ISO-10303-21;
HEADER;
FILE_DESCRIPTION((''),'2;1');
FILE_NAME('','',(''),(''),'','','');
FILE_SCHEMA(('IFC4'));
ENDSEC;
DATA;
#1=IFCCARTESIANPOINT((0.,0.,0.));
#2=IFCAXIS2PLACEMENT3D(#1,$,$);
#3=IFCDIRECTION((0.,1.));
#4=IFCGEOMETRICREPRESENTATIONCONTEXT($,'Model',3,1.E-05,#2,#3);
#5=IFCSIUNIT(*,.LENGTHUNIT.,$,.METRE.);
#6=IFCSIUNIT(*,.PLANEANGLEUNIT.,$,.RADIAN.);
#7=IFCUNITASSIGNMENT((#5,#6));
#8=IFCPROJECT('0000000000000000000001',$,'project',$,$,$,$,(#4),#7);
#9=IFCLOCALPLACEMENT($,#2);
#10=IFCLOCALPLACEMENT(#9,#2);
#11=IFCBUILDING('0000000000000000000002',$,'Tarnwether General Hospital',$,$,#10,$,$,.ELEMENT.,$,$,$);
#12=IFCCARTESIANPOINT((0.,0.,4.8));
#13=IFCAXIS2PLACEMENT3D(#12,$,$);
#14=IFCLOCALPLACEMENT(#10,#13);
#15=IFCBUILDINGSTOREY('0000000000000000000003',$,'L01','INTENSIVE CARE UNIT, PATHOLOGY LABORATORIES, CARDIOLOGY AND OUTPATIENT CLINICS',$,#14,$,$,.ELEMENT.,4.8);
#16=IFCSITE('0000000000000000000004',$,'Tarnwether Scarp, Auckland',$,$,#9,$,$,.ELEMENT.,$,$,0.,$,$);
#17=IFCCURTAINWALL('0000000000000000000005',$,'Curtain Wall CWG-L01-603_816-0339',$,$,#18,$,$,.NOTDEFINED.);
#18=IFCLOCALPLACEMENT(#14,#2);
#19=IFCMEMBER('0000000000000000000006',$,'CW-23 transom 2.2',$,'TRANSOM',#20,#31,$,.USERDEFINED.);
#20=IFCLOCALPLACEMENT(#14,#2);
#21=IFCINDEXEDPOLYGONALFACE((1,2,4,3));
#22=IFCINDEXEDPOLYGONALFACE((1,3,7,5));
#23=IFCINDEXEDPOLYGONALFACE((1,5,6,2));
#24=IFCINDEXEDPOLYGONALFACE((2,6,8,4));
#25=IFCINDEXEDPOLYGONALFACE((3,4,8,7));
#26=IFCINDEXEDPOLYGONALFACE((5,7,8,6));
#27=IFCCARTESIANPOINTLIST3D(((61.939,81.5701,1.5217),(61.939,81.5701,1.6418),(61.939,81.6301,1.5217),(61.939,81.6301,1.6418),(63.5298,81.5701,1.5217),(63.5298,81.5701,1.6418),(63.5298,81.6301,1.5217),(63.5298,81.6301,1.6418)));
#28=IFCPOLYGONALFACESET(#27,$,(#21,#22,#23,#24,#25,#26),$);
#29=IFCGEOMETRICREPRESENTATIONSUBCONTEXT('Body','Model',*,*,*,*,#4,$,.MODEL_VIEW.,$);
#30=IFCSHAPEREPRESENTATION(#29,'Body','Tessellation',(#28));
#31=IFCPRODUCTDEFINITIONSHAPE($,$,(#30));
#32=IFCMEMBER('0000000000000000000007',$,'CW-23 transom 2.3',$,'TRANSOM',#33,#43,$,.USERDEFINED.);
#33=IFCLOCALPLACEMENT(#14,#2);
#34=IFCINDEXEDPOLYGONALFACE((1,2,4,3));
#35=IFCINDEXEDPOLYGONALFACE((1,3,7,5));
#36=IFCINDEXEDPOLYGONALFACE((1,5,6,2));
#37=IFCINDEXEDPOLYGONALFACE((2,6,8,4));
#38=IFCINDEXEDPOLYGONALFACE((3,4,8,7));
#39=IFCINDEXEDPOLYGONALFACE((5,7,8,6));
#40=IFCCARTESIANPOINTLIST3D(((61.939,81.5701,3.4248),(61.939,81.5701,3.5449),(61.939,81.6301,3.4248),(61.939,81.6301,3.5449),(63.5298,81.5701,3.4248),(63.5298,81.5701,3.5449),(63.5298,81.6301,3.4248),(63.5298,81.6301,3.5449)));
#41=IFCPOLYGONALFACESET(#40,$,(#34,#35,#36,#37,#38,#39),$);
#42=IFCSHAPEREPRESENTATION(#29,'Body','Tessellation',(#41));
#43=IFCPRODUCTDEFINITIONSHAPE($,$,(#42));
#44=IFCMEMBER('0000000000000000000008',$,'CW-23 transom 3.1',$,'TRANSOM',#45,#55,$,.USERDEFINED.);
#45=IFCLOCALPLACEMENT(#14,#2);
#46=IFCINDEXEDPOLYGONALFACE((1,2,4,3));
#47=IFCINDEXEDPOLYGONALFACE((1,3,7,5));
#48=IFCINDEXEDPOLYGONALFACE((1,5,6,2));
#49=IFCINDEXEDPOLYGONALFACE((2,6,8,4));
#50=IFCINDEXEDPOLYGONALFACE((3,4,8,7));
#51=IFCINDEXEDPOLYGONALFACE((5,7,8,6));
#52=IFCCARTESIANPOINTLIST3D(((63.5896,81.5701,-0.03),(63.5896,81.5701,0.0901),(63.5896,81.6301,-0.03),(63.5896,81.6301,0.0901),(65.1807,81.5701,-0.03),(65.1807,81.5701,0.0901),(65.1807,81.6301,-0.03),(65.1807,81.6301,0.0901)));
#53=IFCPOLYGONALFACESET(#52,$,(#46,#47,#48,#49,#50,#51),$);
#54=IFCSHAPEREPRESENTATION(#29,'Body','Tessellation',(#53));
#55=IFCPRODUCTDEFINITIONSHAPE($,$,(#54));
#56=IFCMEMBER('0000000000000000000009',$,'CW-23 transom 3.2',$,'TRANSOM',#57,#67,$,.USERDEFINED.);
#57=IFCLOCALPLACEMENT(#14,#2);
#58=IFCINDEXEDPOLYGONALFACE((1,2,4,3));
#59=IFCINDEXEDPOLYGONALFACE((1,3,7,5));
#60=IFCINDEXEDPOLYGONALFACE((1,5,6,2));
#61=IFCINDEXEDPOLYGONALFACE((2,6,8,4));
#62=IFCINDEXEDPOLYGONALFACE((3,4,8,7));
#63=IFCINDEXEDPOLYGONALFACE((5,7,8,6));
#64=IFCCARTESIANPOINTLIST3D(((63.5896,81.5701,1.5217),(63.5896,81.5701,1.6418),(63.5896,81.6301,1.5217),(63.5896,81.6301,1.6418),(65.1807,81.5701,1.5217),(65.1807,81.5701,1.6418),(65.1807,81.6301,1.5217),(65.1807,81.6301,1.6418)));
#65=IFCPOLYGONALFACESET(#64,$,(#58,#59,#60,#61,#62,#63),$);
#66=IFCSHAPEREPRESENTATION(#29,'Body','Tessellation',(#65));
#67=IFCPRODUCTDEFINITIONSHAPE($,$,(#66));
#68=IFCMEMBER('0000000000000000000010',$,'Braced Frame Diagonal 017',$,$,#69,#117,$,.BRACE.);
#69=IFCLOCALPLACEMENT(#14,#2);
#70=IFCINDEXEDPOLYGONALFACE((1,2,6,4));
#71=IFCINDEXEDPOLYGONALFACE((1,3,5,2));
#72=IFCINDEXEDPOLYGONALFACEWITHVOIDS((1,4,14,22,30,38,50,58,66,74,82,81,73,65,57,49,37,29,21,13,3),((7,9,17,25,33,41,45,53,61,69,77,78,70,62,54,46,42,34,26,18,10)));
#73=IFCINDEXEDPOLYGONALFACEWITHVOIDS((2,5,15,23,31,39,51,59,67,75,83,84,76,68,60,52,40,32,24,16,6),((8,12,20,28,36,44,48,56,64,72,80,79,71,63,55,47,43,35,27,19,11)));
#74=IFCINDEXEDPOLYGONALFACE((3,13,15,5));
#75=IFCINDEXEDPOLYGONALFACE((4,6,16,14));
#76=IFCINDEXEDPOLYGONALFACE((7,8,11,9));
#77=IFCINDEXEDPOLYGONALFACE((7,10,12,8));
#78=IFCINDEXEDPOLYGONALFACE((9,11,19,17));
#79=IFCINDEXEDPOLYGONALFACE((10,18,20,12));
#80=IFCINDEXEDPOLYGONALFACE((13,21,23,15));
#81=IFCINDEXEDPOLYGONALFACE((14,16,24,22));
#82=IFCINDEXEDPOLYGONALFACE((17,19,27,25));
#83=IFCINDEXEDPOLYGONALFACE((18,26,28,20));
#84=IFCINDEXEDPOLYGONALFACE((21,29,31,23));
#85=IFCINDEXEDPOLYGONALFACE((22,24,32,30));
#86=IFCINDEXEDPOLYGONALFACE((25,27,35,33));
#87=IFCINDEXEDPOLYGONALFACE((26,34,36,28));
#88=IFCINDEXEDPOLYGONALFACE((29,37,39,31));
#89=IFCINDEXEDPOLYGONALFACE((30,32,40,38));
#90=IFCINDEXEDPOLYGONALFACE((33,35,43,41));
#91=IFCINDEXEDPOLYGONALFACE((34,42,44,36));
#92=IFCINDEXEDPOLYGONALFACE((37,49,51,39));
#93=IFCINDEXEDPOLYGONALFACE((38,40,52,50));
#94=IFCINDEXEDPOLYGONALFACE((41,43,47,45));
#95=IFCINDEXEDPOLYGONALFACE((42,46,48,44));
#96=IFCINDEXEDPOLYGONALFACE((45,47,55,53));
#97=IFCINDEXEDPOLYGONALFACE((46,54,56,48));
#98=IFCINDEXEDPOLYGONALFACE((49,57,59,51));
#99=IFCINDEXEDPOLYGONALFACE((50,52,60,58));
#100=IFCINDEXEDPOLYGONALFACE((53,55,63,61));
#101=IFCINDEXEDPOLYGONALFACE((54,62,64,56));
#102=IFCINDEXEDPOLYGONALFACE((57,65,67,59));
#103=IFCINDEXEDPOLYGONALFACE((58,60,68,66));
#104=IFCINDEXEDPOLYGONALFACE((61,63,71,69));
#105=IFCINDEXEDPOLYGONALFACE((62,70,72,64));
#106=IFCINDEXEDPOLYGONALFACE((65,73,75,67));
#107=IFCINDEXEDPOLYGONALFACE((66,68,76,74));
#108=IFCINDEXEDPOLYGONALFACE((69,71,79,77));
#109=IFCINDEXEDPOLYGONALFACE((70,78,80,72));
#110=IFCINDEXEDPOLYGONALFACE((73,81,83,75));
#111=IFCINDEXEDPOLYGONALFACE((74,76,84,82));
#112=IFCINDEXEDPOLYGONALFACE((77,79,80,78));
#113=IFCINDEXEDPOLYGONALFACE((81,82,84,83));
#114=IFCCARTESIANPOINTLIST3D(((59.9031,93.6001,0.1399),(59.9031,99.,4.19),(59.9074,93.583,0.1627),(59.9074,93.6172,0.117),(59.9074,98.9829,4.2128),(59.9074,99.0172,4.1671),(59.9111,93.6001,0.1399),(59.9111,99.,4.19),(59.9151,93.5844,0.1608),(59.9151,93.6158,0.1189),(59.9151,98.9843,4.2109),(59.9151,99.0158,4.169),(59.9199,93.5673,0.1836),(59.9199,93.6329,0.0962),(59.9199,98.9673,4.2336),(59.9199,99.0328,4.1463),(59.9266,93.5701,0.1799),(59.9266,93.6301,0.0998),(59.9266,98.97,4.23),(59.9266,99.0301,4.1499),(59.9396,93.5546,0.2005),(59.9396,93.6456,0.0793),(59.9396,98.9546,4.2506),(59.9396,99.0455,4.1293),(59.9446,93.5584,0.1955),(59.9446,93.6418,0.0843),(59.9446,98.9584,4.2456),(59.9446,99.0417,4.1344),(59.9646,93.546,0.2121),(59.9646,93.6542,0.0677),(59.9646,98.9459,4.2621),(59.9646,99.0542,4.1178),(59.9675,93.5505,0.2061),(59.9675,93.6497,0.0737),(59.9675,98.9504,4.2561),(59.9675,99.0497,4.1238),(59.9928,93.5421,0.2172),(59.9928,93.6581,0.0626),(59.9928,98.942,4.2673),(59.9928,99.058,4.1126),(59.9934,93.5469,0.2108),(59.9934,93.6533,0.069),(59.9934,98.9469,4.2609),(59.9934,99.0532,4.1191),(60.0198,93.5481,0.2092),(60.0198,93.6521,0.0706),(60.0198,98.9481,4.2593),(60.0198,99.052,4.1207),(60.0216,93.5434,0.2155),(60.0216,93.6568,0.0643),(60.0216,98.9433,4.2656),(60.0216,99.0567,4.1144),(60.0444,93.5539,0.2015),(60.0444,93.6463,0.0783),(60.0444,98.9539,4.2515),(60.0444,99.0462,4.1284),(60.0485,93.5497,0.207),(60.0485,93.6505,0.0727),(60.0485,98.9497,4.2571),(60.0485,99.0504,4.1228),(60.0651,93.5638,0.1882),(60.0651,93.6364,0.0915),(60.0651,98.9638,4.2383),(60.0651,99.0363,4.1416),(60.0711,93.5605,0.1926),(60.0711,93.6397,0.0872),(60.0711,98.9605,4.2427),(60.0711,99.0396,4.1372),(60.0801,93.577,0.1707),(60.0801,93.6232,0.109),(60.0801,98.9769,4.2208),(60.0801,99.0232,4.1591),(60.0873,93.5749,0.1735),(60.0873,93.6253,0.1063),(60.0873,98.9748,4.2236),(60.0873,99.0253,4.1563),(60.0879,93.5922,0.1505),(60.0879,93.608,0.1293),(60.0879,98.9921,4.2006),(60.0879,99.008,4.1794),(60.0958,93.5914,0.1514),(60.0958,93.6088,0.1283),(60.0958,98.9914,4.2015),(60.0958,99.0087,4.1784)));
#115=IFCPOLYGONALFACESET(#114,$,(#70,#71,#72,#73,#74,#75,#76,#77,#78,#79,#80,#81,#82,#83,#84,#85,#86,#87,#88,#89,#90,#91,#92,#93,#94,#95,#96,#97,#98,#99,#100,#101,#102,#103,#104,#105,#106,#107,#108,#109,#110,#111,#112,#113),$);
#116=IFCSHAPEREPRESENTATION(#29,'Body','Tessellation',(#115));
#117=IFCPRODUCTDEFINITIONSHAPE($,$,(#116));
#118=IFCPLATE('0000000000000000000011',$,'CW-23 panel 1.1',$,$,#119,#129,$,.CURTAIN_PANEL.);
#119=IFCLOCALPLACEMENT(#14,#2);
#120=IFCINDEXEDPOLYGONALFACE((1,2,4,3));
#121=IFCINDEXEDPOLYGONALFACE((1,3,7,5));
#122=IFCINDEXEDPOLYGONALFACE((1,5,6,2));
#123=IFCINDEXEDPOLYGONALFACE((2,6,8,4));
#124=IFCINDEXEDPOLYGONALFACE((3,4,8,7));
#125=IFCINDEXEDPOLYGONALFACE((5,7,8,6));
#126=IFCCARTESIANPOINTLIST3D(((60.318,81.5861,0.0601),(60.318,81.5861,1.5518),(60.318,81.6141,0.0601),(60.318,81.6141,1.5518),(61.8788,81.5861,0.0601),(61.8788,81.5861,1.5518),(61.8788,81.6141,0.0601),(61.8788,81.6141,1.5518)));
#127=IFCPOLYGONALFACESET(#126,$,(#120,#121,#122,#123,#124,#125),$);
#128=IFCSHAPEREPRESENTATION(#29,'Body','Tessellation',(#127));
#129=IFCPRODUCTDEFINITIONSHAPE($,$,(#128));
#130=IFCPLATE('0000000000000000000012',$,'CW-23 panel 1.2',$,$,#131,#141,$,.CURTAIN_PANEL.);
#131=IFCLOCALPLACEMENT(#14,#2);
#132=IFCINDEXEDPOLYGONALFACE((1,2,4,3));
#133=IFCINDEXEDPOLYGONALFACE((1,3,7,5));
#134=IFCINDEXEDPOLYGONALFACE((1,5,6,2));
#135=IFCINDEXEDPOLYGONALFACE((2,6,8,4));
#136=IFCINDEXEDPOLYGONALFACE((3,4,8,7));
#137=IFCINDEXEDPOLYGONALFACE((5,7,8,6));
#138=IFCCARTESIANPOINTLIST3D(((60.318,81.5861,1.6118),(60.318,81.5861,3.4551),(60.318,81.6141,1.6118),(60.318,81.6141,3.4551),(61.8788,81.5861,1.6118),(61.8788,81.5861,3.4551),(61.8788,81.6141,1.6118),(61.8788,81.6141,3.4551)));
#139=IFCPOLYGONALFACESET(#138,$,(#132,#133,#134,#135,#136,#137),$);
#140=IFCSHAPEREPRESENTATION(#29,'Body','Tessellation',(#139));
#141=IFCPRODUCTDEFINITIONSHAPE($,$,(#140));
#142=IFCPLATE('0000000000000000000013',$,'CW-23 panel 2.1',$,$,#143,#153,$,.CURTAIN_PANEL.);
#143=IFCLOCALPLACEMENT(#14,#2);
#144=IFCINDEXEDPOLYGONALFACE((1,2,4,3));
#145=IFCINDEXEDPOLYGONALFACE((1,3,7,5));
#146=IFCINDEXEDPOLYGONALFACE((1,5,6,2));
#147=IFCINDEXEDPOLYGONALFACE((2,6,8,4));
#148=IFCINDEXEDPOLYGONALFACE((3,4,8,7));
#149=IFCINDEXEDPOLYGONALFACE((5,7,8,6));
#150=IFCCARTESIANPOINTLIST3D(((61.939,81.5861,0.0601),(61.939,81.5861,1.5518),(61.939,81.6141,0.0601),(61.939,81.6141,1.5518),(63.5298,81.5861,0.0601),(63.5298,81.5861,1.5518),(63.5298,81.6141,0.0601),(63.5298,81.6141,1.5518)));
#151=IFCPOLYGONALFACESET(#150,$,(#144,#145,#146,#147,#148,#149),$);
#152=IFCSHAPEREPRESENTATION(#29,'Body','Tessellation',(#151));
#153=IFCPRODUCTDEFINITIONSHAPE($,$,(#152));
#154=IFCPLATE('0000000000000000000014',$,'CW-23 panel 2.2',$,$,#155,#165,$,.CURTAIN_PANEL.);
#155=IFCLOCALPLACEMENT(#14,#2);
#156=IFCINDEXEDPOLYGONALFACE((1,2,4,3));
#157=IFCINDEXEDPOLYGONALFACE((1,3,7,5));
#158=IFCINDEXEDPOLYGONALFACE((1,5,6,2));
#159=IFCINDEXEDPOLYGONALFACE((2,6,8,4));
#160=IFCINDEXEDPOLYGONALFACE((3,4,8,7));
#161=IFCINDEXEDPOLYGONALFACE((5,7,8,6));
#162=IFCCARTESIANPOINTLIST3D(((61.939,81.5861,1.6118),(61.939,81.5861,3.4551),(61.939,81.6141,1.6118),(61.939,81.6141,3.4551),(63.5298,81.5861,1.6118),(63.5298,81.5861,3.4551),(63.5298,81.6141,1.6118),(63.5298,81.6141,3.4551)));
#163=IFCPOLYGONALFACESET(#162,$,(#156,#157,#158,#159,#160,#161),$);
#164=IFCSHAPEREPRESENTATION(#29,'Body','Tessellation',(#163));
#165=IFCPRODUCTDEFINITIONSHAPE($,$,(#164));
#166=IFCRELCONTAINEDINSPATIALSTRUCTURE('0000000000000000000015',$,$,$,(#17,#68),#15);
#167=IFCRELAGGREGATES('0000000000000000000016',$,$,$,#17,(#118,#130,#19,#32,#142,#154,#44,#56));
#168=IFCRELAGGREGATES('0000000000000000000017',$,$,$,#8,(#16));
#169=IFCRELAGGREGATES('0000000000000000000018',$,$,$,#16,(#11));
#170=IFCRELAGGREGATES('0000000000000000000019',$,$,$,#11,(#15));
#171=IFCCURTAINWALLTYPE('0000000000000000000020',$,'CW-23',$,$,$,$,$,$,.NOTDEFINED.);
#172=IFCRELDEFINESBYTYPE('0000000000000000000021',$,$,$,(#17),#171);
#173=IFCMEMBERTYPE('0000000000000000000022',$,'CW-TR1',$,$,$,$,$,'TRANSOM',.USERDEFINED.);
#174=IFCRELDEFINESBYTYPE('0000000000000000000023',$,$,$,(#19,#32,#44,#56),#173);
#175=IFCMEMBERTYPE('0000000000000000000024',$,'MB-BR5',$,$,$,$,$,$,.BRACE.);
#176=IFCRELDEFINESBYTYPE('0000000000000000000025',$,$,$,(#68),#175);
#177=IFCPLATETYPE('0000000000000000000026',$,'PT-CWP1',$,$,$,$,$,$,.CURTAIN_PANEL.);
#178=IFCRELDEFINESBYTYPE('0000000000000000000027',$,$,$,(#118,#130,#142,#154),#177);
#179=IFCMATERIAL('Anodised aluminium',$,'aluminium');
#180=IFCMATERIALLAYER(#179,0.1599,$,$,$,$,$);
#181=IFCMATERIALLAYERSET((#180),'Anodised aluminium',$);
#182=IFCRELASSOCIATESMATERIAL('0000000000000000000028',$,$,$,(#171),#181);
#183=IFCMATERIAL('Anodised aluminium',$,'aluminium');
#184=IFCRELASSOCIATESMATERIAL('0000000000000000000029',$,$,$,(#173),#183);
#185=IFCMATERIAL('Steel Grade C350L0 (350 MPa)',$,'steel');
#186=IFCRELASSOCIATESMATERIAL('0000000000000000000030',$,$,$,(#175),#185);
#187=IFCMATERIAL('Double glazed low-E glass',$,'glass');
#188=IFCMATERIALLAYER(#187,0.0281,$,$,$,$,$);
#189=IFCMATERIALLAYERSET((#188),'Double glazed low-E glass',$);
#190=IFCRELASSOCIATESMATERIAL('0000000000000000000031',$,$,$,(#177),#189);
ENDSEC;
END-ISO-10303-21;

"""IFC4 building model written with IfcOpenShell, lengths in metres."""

from ifc_helpers import new_model, si_unit, direction, frame, origin, origin_2d, place, context, subcontext, project, spatial, rectangle, hollow_circle, extrude, material, layer, layer_set, material_profile, profile_set, type_object, element, aggregate, save


model = new_model("IFC4")

# Units and contexts
model_context = context("Model", 3, precision=1e-05, world=origin(), true_north=direction((0.0, 1.0)))
body_context = subcontext(model_context, "Body", "Model", "MODEL_VIEW")
ifc_project = project(units=[si_unit("LENGTHUNIT", "METRE"), si_unit("PLANEANGLEUNIT", "RADIAN")], contexts=[model_context])

# Site, building, storey
site_placement = place(None, origin())
site = spatial("IfcSite", under=ifc_project, at=site_placement, Name="Tarnwether Scarp, Auckland", CompositionType="ELEMENT", RefElevation=0.0)
building_placement = place(site_placement, origin())
building = spatial("IfcBuilding", under=site, at=building_placement, Name="Tarnwether General Hospital", CompositionType="ELEMENT")
storey_placement = place(building_placement, frame((0.0, 0.0, 4.8)))
storey = spatial("IfcBuildingStorey", under=building, at=storey_placement, Name="L01", Description="INTENSIVE CARE UNIT, PATHOLOGY LABORATORIES, CARDIOLOGY AND OUTPATIENT CLINICS", CompositionType="ELEMENT", Elevation=4.8)

# Curtain wall, members
ifc_material_1 = material(Name="Anodised aluminium", Category="aluminium")
ifc_layer_1 = layer(ifc_material_1, 0.1599)
ifc_layer_set_1 = layer_set([ifc_layer_1], Name="Anodised aluminium")
curtain_wall_type = type_object("IfcCurtainWallType", Name="CW-23", PredefinedType="NOTDEFINED", material=ifc_layer_set_1)
curtain_wall_placement = place(storey_placement, origin())
curtain_wall = element("IfcCurtainWall", 1, at=curtain_wall_placement, inside=storey, type_object=curtain_wall_type, Name="Curtain Wall CWG-L01-603_816-0339", PredefinedType="NOTDEFINED")
ifc_material_2 = material(Name="Anodised aluminium", Category="aluminium")
ifc_material_profile_1 = material_profile(ifc_material_2, rectangle(XDim=0.0601, YDim=0.1201, at=origin_2d()), Name="ALU-TRN-60x120")
ifc_profile_set_1 = profile_set([ifc_material_profile_1], Name="Anodised aluminium")
member_type_1 = type_object("IfcMemberType", Name="CW-TR1", ElementType="TRANSOM", PredefinedType="USERDEFINED", material=ifc_profile_set_1)
member_1_placement = place(storey_placement, frame((61.939, 81.6001, 1.5818), z_axis=(1.0, 0.0, 0.0), x_axis=(0.0, 1.0, 0.0)))
member_1 = element("IfcMember", 2, at=member_1_placement, type_object=member_type_1, Name="CW-23 transom 2.2", ObjectType="TRANSOM", PredefinedType="USERDEFINED", context=body_context, shape_type="SweptSolid", body=[
    extrude(rectangle(XDim=0.0601, YDim=0.1201, at=origin_2d()), origin(), (0.0, 0.0, 1.0), 1.5908),
])
member_2_placement = place(storey_placement, frame((61.939, 81.6001, 3.4849), z_axis=(1.0, 0.0, 0.0), x_axis=(0.0, 1.0, 0.0)))
member_2 = element("IfcMember", 3, at=member_2_placement, type_object=member_type_1, Name="CW-23 transom 2.3", ObjectType="TRANSOM", PredefinedType="USERDEFINED", context=body_context, shape_type="SweptSolid", body=[
    extrude(rectangle(XDim=0.0601, YDim=0.1201, at=origin_2d()), origin(), (0.0, 0.0, 1.0), 1.5908),
])
member_3_placement = place(storey_placement, frame((63.5896, 81.6001, 0.03), z_axis=(1.0, 0.0, 0.0), x_axis=(0.0, 1.0, 0.0)))
member_3 = element("IfcMember", 4, at=member_3_placement, type_object=member_type_1, Name="CW-23 transom 3.1", ObjectType="TRANSOM", PredefinedType="USERDEFINED", context=body_context, shape_type="SweptSolid", body=[
    extrude(rectangle(XDim=0.0601, YDim=0.1201, at=origin_2d()), origin(), (0.0, 0.0, 1.0), 1.5911),
])
member_4_placement = place(storey_placement, frame((63.5896, 81.6001, 1.5818), z_axis=(1.0, 0.0, 0.0), x_axis=(0.0, 1.0, 0.0)))
member_4 = element("IfcMember", 5, at=member_4_placement, type_object=member_type_1, Name="CW-23 transom 3.2", ObjectType="TRANSOM", PredefinedType="USERDEFINED", context=body_context, shape_type="SweptSolid", body=[
    extrude(rectangle(XDim=0.0601, YDim=0.1201, at=origin_2d()), origin(), (0.0, 0.0, 1.0), 1.5911),
])

# Member
ifc_material_3 = material(Name="Steel Grade C350L0 (350 MPa)", Category="steel")
ifc_material_profile_2 = material_profile(ifc_material_3, hollow_circle(Radius=0.0969, WallThickness=0.0081, at=origin_2d()), Name="CHS193.7x8.0")
ifc_profile_set_2 = profile_set([ifc_material_profile_2], Name="Steel Grade C350L0 (350 MPa)")
member_type_2 = type_object("IfcMemberType", Name="MB-BR5", PredefinedType="BRACE", material=ifc_profile_set_2)
member_5_placement = place(storey_placement, frame((60.0, 93.6001, 0.1399), z_axis=(0.0, 0.799991, 0.600012), x_axis=(-1.0, 0.0, 0.0)))
element("IfcMember", 6, at=member_5_placement, inside=storey, type_object=member_type_2, Name="Braced Frame Diagonal 017", PredefinedType="BRACE", context=body_context, shape_type="SweptSolid", body=[
    extrude(hollow_circle(Radius=0.0969, WallThickness=0.0081, at=origin_2d()), origin(), (0.0, 0.0, 1.0), 6.75),
])

# Plates
ifc_material_4 = material(Name="Double glazed low-E glass", Category="glass")
ifc_layer_2 = layer(ifc_material_4, 0.0281)
ifc_layer_set_2 = layer_set([ifc_layer_2], Name="Double glazed low-E glass")
plate_type = type_object("IfcPlateType", Name="PT-CWP1", PredefinedType="CURTAIN_PANEL", material=ifc_layer_set_2)
plate_1_placement = place(storey_placement, frame((61.0984, 81.6001, 0.0601), z_axis=(0.0, 0.0, 1.0), x_axis=(1.0, 0.0, 0.0)))
plate_1 = element("IfcPlate", 7, at=plate_1_placement, type_object=plate_type, Name="CW-23 panel 1.1", PredefinedType="CURTAIN_PANEL", context=body_context, shape_type="SweptSolid", body=[
    extrude(rectangle(XDim=1.5608, YDim=0.0281, at=origin_2d()), origin(), (0.0, 0.0, 1.0), 1.4917),
])
plate_2_placement = place(storey_placement, frame((61.0984, 81.6001, 1.6118), z_axis=(0.0, 0.0, 1.0), x_axis=(1.0, 0.0, 0.0)))
plate_2 = element("IfcPlate", 8, at=plate_2_placement, type_object=plate_type, Name="CW-23 panel 1.2", PredefinedType="CURTAIN_PANEL", context=body_context, shape_type="SweptSolid", body=[
    extrude(rectangle(XDim=1.5608, YDim=0.0281, at=origin_2d()), origin(), (0.0, 0.0, 1.0), 1.8433),
])
plate_3_placement = place(storey_placement, frame((62.7344, 81.6001, 0.0601), z_axis=(0.0, 0.0, 1.0), x_axis=(1.0, 0.0, 0.0)))
plate_3 = element("IfcPlate", 9, at=plate_3_placement, type_object=plate_type, Name="CW-23 panel 2.1", PredefinedType="CURTAIN_PANEL", context=body_context, shape_type="SweptSolid", body=[
    extrude(rectangle(XDim=1.5908, YDim=0.0281, at=origin_2d()), origin(), (0.0, 0.0, 1.0), 1.4917),
])
plate_4_placement = place(storey_placement, frame((62.7344, 81.6001, 1.6118), z_axis=(0.0, 0.0, 1.0), x_axis=(1.0, 0.0, 0.0)))
plate_4 = element("IfcPlate", 10, at=plate_4_placement, type_object=plate_type, Name="CW-23 panel 2.2", PredefinedType="CURTAIN_PANEL", context=body_context, shape_type="SweptSolid", body=[
    extrude(rectangle(XDim=1.5908, YDim=0.0281, at=origin_2d()), origin(), (0.0, 0.0, 1.0), 1.8433),
])
aggregate(curtain_wall, [plate_1, plate_2, member_1, member_2, plate_3, plate_4, member_3, member_4])

save(model, "model.ifc")
